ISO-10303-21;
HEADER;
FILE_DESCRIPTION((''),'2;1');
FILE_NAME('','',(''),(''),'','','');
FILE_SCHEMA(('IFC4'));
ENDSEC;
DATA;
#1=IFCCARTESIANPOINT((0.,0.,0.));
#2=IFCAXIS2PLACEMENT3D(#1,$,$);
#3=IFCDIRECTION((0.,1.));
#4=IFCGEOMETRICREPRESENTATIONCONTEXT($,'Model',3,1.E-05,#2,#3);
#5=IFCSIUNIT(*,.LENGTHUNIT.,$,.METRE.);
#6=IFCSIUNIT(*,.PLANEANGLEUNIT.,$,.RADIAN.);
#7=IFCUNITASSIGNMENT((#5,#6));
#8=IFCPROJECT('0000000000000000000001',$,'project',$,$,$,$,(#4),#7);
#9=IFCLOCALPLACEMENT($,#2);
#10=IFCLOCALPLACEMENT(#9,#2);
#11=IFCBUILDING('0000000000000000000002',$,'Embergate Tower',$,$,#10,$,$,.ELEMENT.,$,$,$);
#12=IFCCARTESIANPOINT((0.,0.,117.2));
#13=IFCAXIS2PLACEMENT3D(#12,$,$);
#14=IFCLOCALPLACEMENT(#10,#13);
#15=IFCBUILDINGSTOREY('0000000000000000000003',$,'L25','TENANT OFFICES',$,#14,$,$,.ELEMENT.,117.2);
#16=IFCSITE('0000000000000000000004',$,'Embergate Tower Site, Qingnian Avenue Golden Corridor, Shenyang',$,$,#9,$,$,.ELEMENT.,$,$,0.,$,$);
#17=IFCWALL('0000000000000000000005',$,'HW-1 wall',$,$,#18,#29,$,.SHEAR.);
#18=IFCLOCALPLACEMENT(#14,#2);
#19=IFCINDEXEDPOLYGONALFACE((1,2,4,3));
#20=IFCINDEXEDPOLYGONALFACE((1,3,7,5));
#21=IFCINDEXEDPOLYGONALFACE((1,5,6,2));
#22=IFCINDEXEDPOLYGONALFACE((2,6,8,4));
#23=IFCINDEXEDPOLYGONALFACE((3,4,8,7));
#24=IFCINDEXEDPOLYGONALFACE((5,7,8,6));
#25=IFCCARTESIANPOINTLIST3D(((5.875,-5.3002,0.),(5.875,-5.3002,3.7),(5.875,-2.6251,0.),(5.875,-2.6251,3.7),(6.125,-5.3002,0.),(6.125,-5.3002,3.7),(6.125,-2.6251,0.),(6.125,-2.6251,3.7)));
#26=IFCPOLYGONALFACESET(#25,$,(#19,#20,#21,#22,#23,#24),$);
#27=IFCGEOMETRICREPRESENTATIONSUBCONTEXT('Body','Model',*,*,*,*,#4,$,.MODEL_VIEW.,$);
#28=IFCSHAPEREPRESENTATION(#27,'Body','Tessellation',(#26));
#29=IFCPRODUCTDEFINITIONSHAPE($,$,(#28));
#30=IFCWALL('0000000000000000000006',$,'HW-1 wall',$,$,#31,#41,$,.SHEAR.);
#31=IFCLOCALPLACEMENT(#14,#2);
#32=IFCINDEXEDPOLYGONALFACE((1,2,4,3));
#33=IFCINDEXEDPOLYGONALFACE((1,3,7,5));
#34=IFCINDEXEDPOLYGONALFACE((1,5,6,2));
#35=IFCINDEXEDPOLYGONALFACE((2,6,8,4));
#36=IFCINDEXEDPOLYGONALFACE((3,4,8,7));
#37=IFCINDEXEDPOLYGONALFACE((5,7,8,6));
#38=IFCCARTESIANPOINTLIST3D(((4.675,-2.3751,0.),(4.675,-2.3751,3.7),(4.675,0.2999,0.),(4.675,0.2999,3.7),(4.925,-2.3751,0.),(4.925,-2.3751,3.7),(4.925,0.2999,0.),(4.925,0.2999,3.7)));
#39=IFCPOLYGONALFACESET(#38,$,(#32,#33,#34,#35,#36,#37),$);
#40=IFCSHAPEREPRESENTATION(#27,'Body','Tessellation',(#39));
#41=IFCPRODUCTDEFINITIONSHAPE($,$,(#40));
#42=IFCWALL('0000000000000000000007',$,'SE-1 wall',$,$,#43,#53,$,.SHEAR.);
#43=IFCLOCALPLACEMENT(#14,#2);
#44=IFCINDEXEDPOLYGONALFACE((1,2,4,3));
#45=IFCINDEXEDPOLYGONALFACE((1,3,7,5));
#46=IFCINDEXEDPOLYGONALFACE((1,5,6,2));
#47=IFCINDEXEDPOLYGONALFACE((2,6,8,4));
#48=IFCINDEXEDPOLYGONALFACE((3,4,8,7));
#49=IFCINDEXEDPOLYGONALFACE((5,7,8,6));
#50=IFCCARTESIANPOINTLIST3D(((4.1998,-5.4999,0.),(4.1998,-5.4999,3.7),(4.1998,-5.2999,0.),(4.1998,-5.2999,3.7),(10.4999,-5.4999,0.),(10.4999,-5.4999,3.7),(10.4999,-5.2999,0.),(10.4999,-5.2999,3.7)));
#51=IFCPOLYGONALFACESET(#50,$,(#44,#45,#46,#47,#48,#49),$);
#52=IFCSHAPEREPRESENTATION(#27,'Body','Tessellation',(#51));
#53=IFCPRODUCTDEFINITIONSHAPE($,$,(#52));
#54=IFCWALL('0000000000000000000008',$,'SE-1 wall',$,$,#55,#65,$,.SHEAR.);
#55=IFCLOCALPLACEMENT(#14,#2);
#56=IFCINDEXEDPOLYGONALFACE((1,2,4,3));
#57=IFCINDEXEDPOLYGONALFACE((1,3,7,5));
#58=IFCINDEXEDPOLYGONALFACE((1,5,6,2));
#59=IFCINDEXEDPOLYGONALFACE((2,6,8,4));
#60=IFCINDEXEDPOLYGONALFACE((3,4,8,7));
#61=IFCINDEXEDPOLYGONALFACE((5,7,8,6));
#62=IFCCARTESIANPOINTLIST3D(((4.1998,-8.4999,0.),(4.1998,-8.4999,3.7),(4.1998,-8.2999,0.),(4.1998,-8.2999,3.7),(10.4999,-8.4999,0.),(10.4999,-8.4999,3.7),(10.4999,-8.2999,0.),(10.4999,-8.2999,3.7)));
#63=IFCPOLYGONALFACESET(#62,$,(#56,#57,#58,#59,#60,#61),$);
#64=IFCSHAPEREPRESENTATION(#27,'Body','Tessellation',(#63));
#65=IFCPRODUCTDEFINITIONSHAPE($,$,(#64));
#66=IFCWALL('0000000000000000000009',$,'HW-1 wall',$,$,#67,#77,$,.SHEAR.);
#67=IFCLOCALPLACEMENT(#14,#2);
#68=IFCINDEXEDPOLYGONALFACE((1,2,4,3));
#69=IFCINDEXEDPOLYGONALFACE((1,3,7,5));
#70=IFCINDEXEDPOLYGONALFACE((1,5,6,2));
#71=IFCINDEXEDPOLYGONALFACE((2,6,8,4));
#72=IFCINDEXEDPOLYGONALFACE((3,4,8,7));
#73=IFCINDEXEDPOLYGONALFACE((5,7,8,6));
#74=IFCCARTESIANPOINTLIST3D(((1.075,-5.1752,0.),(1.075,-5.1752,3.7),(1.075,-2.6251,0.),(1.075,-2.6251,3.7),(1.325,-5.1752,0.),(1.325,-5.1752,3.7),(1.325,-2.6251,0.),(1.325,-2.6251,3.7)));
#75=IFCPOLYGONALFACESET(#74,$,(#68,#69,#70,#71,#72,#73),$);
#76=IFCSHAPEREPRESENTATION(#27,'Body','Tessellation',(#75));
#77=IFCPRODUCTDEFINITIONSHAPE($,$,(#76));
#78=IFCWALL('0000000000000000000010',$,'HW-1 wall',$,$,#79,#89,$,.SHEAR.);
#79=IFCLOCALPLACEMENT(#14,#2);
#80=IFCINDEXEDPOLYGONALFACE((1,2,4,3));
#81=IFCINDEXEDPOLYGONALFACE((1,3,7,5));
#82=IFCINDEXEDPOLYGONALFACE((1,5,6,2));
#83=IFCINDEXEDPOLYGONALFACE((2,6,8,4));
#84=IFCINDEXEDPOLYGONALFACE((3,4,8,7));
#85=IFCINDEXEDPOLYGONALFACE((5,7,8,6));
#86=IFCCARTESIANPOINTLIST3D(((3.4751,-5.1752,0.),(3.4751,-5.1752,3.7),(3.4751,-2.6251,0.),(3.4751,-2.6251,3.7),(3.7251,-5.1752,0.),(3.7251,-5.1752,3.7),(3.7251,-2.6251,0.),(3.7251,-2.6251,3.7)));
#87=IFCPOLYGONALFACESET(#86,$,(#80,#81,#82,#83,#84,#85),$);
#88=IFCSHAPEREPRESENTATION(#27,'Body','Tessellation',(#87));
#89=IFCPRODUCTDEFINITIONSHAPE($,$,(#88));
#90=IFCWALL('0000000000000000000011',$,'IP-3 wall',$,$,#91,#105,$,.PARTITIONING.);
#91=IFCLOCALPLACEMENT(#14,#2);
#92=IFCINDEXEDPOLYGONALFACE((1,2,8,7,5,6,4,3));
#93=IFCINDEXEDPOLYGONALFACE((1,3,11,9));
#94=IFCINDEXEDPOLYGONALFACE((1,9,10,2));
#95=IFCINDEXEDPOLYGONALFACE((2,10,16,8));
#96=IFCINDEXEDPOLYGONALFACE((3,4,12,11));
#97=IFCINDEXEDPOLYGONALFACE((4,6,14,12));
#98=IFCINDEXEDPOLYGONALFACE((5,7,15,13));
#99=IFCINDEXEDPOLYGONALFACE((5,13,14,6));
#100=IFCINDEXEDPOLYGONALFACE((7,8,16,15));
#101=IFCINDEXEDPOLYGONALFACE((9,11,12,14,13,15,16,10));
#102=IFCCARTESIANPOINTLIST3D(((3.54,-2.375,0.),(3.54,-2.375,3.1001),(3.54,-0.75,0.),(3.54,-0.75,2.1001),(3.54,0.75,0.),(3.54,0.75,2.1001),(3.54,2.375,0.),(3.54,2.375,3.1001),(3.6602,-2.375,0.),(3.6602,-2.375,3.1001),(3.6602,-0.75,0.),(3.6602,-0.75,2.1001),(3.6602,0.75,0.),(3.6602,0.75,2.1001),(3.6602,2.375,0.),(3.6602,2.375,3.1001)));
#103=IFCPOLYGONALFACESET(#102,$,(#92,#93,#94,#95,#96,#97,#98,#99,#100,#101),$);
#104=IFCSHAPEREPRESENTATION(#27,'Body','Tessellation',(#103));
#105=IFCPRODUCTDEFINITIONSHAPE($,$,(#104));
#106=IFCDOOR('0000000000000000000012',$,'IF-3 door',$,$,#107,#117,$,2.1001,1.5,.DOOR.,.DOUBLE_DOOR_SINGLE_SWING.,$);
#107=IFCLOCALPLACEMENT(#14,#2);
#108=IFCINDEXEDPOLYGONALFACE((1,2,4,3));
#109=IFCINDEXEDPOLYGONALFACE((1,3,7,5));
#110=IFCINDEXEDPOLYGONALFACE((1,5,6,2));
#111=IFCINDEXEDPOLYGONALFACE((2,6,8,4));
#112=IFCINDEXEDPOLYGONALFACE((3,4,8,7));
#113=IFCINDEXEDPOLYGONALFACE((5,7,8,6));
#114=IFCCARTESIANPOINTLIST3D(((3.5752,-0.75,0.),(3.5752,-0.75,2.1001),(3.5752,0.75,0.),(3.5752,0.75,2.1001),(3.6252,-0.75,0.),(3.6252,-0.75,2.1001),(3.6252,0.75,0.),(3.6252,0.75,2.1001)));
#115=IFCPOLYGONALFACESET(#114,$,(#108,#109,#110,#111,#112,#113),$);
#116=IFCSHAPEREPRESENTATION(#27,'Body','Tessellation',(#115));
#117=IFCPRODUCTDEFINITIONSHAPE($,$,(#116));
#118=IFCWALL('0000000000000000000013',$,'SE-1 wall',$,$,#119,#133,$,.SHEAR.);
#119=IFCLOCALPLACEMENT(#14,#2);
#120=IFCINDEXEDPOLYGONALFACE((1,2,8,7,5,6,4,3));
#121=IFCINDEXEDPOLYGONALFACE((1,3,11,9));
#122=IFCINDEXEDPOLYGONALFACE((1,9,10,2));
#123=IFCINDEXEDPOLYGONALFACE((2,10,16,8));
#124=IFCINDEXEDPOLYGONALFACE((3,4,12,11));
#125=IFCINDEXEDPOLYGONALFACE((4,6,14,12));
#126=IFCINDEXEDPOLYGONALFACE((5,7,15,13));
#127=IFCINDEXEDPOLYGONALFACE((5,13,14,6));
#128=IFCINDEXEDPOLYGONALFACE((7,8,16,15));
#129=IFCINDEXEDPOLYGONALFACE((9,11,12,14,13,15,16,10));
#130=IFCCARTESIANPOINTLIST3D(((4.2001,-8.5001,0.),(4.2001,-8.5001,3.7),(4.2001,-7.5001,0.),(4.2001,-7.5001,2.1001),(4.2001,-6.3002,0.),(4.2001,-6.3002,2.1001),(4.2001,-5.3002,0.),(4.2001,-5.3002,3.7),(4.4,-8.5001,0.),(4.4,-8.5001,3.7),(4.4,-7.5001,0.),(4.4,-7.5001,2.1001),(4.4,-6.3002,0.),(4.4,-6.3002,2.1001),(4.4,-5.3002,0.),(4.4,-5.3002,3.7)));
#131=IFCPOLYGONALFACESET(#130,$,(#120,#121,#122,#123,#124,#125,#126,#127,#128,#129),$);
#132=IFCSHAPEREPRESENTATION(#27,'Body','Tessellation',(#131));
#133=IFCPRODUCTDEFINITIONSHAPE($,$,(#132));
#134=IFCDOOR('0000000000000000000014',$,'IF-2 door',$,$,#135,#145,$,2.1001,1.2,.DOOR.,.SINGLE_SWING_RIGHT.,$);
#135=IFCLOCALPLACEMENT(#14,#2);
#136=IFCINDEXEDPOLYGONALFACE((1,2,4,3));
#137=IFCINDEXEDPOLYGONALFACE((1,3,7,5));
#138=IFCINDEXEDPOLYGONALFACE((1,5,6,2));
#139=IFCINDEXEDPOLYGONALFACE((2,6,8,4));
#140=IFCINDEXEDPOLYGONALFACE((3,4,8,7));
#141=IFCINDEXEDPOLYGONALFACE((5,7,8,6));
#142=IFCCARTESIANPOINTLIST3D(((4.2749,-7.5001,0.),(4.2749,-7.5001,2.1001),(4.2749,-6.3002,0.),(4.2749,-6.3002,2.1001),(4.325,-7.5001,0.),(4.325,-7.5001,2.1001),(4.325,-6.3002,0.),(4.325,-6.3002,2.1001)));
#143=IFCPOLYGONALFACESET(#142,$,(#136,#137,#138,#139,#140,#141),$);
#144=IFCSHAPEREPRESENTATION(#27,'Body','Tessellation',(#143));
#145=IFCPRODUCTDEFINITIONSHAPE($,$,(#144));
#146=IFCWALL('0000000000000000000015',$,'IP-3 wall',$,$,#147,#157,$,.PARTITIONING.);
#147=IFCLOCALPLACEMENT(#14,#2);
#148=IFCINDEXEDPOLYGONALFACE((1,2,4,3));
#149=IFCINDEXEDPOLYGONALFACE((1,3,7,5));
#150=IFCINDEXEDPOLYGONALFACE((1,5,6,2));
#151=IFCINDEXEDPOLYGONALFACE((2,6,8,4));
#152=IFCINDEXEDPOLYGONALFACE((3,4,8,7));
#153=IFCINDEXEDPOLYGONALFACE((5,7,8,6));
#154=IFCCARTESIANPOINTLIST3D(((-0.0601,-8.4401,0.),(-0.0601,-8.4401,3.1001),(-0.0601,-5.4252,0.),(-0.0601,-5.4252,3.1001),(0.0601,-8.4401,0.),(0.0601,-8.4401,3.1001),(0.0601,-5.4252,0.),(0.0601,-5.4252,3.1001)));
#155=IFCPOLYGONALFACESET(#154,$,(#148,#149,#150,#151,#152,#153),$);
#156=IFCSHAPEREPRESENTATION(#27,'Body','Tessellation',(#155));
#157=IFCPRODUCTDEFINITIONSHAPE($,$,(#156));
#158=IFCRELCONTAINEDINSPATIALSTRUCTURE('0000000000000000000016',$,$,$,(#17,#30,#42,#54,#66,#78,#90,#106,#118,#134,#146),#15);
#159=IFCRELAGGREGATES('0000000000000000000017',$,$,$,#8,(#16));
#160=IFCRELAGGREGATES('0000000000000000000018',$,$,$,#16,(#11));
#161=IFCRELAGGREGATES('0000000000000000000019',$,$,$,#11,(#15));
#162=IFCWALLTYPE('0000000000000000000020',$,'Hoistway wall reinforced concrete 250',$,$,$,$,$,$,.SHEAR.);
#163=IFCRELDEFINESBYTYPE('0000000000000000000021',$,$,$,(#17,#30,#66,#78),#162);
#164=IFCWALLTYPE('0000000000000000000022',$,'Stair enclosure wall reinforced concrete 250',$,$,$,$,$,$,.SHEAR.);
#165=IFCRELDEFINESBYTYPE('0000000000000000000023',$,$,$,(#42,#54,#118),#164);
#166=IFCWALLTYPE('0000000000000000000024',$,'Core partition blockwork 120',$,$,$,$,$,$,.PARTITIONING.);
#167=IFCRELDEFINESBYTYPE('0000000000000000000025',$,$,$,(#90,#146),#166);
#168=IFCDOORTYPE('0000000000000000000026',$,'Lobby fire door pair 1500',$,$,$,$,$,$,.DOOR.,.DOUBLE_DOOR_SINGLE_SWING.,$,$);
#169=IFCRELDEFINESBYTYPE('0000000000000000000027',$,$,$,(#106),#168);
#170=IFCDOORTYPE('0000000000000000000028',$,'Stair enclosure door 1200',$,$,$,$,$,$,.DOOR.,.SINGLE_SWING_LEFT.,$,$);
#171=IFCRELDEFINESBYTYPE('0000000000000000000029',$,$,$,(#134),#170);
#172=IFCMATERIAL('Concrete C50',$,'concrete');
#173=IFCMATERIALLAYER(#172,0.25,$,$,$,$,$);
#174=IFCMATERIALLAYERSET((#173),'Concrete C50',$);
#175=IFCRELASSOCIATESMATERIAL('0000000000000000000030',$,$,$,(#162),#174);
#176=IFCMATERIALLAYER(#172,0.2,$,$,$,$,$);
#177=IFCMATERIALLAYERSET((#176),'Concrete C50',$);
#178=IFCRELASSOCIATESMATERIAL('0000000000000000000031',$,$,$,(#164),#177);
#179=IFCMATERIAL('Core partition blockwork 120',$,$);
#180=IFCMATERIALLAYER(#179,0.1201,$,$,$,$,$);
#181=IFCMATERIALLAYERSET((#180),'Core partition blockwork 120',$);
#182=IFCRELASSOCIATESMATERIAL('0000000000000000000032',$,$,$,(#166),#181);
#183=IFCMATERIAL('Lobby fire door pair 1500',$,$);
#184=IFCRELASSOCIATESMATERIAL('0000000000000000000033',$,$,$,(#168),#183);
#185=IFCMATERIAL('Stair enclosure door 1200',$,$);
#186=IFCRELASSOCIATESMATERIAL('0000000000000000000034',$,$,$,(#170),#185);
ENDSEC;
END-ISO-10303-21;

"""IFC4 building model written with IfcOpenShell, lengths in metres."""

from ifc_helpers import new_model, si_unit, direction, frame, frame_2d, origin, place, context, subcontext, project, spatial, rectangle, extrude, source, transform, mapped, material, layer, layer_set, type_object, element, fill, save


model = new_model("IFC4")

# Units and contexts
model_context = context("Model", 3, precision=1e-05, world=origin(), true_north=direction((0.0, 1.0)))
body_context = subcontext(model_context, "Body", "Model", "MODEL_VIEW")
ifc_project = project(units=[si_unit("LENGTHUNIT", "METRE"), si_unit("PLANEANGLEUNIT", "RADIAN")], contexts=[model_context])

# Site, building, storey
site_placement = place(None, origin())
site = spatial("IfcSite", under=ifc_project, at=site_placement, Name="Embergate Tower Site, Qingnian Avenue Golden Corridor, Shenyang", CompositionType="ELEMENT", RefElevation=0.0)
building_placement = place(site_placement, origin())
building = spatial("IfcBuilding", under=site, at=building_placement, Name="Embergate Tower", CompositionType="ELEMENT")
storey_placement = place(building_placement, frame((0.0, 0.0, 117.2)))
storey = spatial("IfcBuildingStorey", under=building, at=storey_placement, Name="L25", Description="TENANT OFFICES", CompositionType="ELEMENT", Elevation=117.2)

# Walls
ifc_material_1 = material(Name="Concrete C50", Category="concrete")
ifc_layer_1 = layer(ifc_material_1, 0.25)
ifc_layer_set_1 = layer_set([ifc_layer_1], Name="Concrete C50")
wall_type_1 = type_object("IfcWallType", Name="Hoistway wall reinforced concrete 250", PredefinedType="SHEAR", material=ifc_layer_set_1)
shared_shape_1 = source(origin(), body_context, "Body", "SweptSolid", [
    extrude(rectangle(XDim=2.675, YDim=0.25, at=frame_2d((1.3374, 0.0))), origin(), (0.0, 0.0, 1.0), 3.7),
])
for number, where, z_axis, x_axis, name in (
    (1, (6.0, -5.3, 0.0), (0.0, 0.0, 1.0), (0.0, 1.0, 0.0), "HW-1 wall"),
    (2, (4.8, -2.375, 0.0), (0.0, 0.0, 1.0), (0.0, 1.0, 0.0), "HW-1 wall"),
):
    element("IfcWall", number, at=place(storey_placement, frame(where, z_axis=z_axis, x_axis=x_axis)), inside=storey, type_object=wall_type_1, Name=name, PredefinedType="SHEAR", context=body_context, shape_type="MappedRepresentation", body=[
        mapped(shared_shape_1, transform((0.0, 0.0, 0.0))),
    ])
ifc_layer_2 = layer(ifc_material_1, 0.2)
ifc_layer_set_2 = layer_set([ifc_layer_2], Name="Concrete C50")
wall_type_2 = type_object("IfcWallType", Name="Stair enclosure wall reinforced concrete 250", PredefinedType="SHEAR", material=ifc_layer_set_2)
shared_shape_2 = source(origin(), body_context, "Body", "SweptSolid", [
    extrude(rectangle(XDim=6.3, YDim=0.2, at=frame_2d((3.1499, 0.0))), origin(), (0.0, 0.0, 1.0), 3.7),
])
for number, where, z_axis, x_axis, name in (
    (3, (4.2, -5.3999, 0.0), (0.0, 0.0, 1.0), (1.0, 0.0, 0.0), "SE-1 wall"),
    (4, (4.2, -8.3999, 0.0), (0.0, 0.0, 1.0), (1.0, 0.0, 0.0), "SE-1 wall"),
):
    element("IfcWall", number, at=place(storey_placement, frame(where, z_axis=z_axis, x_axis=x_axis)), inside=storey, type_object=wall_type_2, Name=name, PredefinedType="SHEAR", context=body_context, shape_type="MappedRepresentation", body=[
        mapped(shared_shape_2, transform((0.0, 0.0, 0.0))),
    ])
shared_shape_3 = source(origin(), body_context, "Body", "SweptSolid", [
    extrude(rectangle(XDim=2.55, YDim=0.25, at=frame_2d((1.2749, 0.0))), origin(), (0.0, 0.0, 1.0), 3.7),
])
for number, where, z_axis, x_axis, name in (
    (5, (1.2, -5.175, 0.0), (0.0, 0.0, 1.0), (0.0, 1.0, 0.0), "HW-1 wall"),
    (6, (3.6001, -5.175, 0.0), (0.0, 0.0, 1.0), (0.0, 1.0, 0.0), "HW-1 wall"),
):
    element("IfcWall", number, at=place(storey_placement, frame(where, z_axis=z_axis, x_axis=x_axis)), inside=storey, type_object=wall_type_1, Name=name, PredefinedType="SHEAR", context=body_context, shape_type="MappedRepresentation", body=[
        mapped(shared_shape_3, transform((0.0, 0.0, 0.0))),
    ])

# Walls, openings, doors
ifc_material_2 = material(Name="Core partition blockwork 120")
ifc_layer_3 = layer(ifc_material_2, 0.1201)
ifc_layer_set_3 = layer_set([ifc_layer_3], Name="Core partition blockwork 120")
wall_type_3 = type_object("IfcWallType", Name="Core partition blockwork 120", PredefinedType="PARTITIONING", material=ifc_layer_set_3)
shared_shape_4 = source(origin(), body_context, "Body", "SweptSolid", [
    extrude(rectangle(XDim=4.75, YDim=0.1201, at=frame_2d((2.375, 0.0))), origin(), (0.0, 0.0, 1.0), 3.1001),
])
wall_1_placement = place(storey_placement, frame((3.6001, -2.375, 0.0), z_axis=(0.0, 0.0, 1.0), x_axis=(0.0, 1.0, 0.0)))
wall_1 = element("IfcWall", 7, at=wall_1_placement, inside=storey, type_object=wall_type_3, Name="IP-3 wall", PredefinedType="PARTITIONING", context=body_context, shape_type="MappedRepresentation", body=[
    mapped(shared_shape_4, transform((0.0, 0.0, 0.0))),
])
shared_shape_5 = source(origin(), body_context, "Body", "SweptSolid", [
    extrude(rectangle(XDim=1.5, YDim=2.1001, at=frame_2d((0.75, 1.05))), frame((0.0, 0.0701, 0.0), z_axis=(0.0, -1.0, 0.0), x_axis=(1.0, 0.0, 0.0)), (0.0, 0.0, 1.0), 0.1401),
])
opening_1_placement = place(wall_1_placement, frame((1.625, 0.0, 0.0)))
opening_1 = element("IfcOpeningElement", 8, at=opening_1_placement, cuts=wall_1, PredefinedType="OPENING", context=body_context, shape_type="MappedRepresentation", body=[
    mapped(shared_shape_5, transform((0.0, 0.0, 0.0))),
])
ifc_material_3 = material(Name="Lobby fire door pair 1500")
door_type_1 = type_object("IfcDoorType", Name="Lobby fire door pair 1500", OperationType="DOUBLE_DOOR_SINGLE_SWING", PredefinedType="DOOR", material=ifc_material_3)
shared_shape_6 = source(origin(), body_context, "Body", "SweptSolid", [
    extrude(rectangle(XDim=1.5, YDim=2.1001, at=frame_2d((0.75, 1.05))), frame((0.0, 0.0249, 0.0), z_axis=(0.0, -1.0, 0.0), x_axis=(1.0, 0.0, 0.0)), (0.0, 0.0, 1.0), 0.05),
])
door_1_placement = place(opening_1_placement, origin())
door_1 = element("IfcDoor", 9, at=door_1_placement, inside=storey, type_object=door_type_1, Name="IF-3 door", OperationType="DOUBLE_DOOR_SINGLE_SWING", OverallHeight=2.1001, OverallWidth=1.5, PredefinedType="DOOR", context=body_context, shape_type="MappedRepresentation", body=[
    mapped(shared_shape_6, transform((0.0, 0.0, 0.0))),
])
fill(opening_1, door_1)
shared_shape_7 = source(origin(), body_context, "Body", "SweptSolid", [
    extrude(rectangle(XDim=3.2, YDim=0.2, at=frame_2d((1.6001, 0.0))), origin(), (0.0, 0.0, 1.0), 3.7),
])
wall_2_placement = place(storey_placement, frame((4.3, -5.3, 0.0), z_axis=(0.0, 0.0, 1.0), x_axis=(0.0, -1.0, 0.0)))
wall_2 = element("IfcWall", 10, at=wall_2_placement, inside=storey, type_object=wall_type_2, Name="SE-1 wall", PredefinedType="SHEAR", context=body_context, shape_type="MappedRepresentation", body=[
    mapped(shared_shape_7, transform((0.0, 0.0, 0.0))),
])
shared_shape_8 = source(origin(), body_context, "Body", "SweptSolid", [
    extrude(rectangle(XDim=1.2, YDim=2.1001, at=frame_2d((0.6001, 1.05))), frame((0.0, 0.1099, 0.0), z_axis=(0.0, -1.0, 0.0), x_axis=(1.0, 0.0, 0.0)), (0.0, 0.0, 1.0), 0.22),
])
opening_2_placement = place(wall_2_placement, frame((1.0, 0.0, 0.0)))
opening_2 = element("IfcOpeningElement", 11, at=opening_2_placement, cuts=wall_2, PredefinedType="OPENING", context=body_context, shape_type="MappedRepresentation", body=[
    mapped(shared_shape_8, transform((0.0, 0.0, 0.0))),
])
ifc_material_4 = material(Name="Stair enclosure door 1200")
door_type_2 = type_object("IfcDoorType", Name="Stair enclosure door 1200", OperationType="SINGLE_SWING_LEFT", PredefinedType="DOOR", material=ifc_material_4)
shared_shape_9 = source(origin(), body_context, "Body", "SweptSolid", [
    extrude(rectangle(XDim=1.2, YDim=2.1001, at=frame_2d((0.6001, 1.05))), frame((0.0, 0.0249, 0.0), z_axis=(0.0, -1.0, 0.0), x_axis=(1.0, 0.0, 0.0)), (0.0, 0.0, 1.0), 0.05),
])
door_2_placement = place(opening_2_placement, origin())
door_2 = element("IfcDoor", 12, at=door_2_placement, inside=storey, type_object=door_type_2, Name="IF-2 door", OperationType="SINGLE_SWING_RIGHT", OverallHeight=2.1001, OverallWidth=1.2, PredefinedType="DOOR", context=body_context, shape_type="MappedRepresentation", body=[
    mapped(shared_shape_9, transform((0.0, 0.0, 0.0))),
])
fill(opening_2, door_2)

# Wall
shared_shape_10 = source(origin(), body_context, "Body", "SweptSolid", [
    extrude(rectangle(XDim=3.0149, YDim=0.1201, at=frame_2d((1.5073, 0.0))), origin(), (0.0, 0.0, 1.0), 3.1001),
])
wall_3_placement = place(storey_placement, frame((0.0, -8.4399, 0.0), z_axis=(0.0, 0.0, 1.0), x_axis=(0.0, 1.0, 0.0)))
element("IfcWall", 13, at=wall_3_placement, inside=storey, type_object=wall_type_3, Name="IP-3 wall", PredefinedType="PARTITIONING", context=body_context, shape_type="MappedRepresentation", body=[
    mapped(shared_shape_10, transform((0.0, 0.0, 0.0))),
])

save(model, "model.ifc")
